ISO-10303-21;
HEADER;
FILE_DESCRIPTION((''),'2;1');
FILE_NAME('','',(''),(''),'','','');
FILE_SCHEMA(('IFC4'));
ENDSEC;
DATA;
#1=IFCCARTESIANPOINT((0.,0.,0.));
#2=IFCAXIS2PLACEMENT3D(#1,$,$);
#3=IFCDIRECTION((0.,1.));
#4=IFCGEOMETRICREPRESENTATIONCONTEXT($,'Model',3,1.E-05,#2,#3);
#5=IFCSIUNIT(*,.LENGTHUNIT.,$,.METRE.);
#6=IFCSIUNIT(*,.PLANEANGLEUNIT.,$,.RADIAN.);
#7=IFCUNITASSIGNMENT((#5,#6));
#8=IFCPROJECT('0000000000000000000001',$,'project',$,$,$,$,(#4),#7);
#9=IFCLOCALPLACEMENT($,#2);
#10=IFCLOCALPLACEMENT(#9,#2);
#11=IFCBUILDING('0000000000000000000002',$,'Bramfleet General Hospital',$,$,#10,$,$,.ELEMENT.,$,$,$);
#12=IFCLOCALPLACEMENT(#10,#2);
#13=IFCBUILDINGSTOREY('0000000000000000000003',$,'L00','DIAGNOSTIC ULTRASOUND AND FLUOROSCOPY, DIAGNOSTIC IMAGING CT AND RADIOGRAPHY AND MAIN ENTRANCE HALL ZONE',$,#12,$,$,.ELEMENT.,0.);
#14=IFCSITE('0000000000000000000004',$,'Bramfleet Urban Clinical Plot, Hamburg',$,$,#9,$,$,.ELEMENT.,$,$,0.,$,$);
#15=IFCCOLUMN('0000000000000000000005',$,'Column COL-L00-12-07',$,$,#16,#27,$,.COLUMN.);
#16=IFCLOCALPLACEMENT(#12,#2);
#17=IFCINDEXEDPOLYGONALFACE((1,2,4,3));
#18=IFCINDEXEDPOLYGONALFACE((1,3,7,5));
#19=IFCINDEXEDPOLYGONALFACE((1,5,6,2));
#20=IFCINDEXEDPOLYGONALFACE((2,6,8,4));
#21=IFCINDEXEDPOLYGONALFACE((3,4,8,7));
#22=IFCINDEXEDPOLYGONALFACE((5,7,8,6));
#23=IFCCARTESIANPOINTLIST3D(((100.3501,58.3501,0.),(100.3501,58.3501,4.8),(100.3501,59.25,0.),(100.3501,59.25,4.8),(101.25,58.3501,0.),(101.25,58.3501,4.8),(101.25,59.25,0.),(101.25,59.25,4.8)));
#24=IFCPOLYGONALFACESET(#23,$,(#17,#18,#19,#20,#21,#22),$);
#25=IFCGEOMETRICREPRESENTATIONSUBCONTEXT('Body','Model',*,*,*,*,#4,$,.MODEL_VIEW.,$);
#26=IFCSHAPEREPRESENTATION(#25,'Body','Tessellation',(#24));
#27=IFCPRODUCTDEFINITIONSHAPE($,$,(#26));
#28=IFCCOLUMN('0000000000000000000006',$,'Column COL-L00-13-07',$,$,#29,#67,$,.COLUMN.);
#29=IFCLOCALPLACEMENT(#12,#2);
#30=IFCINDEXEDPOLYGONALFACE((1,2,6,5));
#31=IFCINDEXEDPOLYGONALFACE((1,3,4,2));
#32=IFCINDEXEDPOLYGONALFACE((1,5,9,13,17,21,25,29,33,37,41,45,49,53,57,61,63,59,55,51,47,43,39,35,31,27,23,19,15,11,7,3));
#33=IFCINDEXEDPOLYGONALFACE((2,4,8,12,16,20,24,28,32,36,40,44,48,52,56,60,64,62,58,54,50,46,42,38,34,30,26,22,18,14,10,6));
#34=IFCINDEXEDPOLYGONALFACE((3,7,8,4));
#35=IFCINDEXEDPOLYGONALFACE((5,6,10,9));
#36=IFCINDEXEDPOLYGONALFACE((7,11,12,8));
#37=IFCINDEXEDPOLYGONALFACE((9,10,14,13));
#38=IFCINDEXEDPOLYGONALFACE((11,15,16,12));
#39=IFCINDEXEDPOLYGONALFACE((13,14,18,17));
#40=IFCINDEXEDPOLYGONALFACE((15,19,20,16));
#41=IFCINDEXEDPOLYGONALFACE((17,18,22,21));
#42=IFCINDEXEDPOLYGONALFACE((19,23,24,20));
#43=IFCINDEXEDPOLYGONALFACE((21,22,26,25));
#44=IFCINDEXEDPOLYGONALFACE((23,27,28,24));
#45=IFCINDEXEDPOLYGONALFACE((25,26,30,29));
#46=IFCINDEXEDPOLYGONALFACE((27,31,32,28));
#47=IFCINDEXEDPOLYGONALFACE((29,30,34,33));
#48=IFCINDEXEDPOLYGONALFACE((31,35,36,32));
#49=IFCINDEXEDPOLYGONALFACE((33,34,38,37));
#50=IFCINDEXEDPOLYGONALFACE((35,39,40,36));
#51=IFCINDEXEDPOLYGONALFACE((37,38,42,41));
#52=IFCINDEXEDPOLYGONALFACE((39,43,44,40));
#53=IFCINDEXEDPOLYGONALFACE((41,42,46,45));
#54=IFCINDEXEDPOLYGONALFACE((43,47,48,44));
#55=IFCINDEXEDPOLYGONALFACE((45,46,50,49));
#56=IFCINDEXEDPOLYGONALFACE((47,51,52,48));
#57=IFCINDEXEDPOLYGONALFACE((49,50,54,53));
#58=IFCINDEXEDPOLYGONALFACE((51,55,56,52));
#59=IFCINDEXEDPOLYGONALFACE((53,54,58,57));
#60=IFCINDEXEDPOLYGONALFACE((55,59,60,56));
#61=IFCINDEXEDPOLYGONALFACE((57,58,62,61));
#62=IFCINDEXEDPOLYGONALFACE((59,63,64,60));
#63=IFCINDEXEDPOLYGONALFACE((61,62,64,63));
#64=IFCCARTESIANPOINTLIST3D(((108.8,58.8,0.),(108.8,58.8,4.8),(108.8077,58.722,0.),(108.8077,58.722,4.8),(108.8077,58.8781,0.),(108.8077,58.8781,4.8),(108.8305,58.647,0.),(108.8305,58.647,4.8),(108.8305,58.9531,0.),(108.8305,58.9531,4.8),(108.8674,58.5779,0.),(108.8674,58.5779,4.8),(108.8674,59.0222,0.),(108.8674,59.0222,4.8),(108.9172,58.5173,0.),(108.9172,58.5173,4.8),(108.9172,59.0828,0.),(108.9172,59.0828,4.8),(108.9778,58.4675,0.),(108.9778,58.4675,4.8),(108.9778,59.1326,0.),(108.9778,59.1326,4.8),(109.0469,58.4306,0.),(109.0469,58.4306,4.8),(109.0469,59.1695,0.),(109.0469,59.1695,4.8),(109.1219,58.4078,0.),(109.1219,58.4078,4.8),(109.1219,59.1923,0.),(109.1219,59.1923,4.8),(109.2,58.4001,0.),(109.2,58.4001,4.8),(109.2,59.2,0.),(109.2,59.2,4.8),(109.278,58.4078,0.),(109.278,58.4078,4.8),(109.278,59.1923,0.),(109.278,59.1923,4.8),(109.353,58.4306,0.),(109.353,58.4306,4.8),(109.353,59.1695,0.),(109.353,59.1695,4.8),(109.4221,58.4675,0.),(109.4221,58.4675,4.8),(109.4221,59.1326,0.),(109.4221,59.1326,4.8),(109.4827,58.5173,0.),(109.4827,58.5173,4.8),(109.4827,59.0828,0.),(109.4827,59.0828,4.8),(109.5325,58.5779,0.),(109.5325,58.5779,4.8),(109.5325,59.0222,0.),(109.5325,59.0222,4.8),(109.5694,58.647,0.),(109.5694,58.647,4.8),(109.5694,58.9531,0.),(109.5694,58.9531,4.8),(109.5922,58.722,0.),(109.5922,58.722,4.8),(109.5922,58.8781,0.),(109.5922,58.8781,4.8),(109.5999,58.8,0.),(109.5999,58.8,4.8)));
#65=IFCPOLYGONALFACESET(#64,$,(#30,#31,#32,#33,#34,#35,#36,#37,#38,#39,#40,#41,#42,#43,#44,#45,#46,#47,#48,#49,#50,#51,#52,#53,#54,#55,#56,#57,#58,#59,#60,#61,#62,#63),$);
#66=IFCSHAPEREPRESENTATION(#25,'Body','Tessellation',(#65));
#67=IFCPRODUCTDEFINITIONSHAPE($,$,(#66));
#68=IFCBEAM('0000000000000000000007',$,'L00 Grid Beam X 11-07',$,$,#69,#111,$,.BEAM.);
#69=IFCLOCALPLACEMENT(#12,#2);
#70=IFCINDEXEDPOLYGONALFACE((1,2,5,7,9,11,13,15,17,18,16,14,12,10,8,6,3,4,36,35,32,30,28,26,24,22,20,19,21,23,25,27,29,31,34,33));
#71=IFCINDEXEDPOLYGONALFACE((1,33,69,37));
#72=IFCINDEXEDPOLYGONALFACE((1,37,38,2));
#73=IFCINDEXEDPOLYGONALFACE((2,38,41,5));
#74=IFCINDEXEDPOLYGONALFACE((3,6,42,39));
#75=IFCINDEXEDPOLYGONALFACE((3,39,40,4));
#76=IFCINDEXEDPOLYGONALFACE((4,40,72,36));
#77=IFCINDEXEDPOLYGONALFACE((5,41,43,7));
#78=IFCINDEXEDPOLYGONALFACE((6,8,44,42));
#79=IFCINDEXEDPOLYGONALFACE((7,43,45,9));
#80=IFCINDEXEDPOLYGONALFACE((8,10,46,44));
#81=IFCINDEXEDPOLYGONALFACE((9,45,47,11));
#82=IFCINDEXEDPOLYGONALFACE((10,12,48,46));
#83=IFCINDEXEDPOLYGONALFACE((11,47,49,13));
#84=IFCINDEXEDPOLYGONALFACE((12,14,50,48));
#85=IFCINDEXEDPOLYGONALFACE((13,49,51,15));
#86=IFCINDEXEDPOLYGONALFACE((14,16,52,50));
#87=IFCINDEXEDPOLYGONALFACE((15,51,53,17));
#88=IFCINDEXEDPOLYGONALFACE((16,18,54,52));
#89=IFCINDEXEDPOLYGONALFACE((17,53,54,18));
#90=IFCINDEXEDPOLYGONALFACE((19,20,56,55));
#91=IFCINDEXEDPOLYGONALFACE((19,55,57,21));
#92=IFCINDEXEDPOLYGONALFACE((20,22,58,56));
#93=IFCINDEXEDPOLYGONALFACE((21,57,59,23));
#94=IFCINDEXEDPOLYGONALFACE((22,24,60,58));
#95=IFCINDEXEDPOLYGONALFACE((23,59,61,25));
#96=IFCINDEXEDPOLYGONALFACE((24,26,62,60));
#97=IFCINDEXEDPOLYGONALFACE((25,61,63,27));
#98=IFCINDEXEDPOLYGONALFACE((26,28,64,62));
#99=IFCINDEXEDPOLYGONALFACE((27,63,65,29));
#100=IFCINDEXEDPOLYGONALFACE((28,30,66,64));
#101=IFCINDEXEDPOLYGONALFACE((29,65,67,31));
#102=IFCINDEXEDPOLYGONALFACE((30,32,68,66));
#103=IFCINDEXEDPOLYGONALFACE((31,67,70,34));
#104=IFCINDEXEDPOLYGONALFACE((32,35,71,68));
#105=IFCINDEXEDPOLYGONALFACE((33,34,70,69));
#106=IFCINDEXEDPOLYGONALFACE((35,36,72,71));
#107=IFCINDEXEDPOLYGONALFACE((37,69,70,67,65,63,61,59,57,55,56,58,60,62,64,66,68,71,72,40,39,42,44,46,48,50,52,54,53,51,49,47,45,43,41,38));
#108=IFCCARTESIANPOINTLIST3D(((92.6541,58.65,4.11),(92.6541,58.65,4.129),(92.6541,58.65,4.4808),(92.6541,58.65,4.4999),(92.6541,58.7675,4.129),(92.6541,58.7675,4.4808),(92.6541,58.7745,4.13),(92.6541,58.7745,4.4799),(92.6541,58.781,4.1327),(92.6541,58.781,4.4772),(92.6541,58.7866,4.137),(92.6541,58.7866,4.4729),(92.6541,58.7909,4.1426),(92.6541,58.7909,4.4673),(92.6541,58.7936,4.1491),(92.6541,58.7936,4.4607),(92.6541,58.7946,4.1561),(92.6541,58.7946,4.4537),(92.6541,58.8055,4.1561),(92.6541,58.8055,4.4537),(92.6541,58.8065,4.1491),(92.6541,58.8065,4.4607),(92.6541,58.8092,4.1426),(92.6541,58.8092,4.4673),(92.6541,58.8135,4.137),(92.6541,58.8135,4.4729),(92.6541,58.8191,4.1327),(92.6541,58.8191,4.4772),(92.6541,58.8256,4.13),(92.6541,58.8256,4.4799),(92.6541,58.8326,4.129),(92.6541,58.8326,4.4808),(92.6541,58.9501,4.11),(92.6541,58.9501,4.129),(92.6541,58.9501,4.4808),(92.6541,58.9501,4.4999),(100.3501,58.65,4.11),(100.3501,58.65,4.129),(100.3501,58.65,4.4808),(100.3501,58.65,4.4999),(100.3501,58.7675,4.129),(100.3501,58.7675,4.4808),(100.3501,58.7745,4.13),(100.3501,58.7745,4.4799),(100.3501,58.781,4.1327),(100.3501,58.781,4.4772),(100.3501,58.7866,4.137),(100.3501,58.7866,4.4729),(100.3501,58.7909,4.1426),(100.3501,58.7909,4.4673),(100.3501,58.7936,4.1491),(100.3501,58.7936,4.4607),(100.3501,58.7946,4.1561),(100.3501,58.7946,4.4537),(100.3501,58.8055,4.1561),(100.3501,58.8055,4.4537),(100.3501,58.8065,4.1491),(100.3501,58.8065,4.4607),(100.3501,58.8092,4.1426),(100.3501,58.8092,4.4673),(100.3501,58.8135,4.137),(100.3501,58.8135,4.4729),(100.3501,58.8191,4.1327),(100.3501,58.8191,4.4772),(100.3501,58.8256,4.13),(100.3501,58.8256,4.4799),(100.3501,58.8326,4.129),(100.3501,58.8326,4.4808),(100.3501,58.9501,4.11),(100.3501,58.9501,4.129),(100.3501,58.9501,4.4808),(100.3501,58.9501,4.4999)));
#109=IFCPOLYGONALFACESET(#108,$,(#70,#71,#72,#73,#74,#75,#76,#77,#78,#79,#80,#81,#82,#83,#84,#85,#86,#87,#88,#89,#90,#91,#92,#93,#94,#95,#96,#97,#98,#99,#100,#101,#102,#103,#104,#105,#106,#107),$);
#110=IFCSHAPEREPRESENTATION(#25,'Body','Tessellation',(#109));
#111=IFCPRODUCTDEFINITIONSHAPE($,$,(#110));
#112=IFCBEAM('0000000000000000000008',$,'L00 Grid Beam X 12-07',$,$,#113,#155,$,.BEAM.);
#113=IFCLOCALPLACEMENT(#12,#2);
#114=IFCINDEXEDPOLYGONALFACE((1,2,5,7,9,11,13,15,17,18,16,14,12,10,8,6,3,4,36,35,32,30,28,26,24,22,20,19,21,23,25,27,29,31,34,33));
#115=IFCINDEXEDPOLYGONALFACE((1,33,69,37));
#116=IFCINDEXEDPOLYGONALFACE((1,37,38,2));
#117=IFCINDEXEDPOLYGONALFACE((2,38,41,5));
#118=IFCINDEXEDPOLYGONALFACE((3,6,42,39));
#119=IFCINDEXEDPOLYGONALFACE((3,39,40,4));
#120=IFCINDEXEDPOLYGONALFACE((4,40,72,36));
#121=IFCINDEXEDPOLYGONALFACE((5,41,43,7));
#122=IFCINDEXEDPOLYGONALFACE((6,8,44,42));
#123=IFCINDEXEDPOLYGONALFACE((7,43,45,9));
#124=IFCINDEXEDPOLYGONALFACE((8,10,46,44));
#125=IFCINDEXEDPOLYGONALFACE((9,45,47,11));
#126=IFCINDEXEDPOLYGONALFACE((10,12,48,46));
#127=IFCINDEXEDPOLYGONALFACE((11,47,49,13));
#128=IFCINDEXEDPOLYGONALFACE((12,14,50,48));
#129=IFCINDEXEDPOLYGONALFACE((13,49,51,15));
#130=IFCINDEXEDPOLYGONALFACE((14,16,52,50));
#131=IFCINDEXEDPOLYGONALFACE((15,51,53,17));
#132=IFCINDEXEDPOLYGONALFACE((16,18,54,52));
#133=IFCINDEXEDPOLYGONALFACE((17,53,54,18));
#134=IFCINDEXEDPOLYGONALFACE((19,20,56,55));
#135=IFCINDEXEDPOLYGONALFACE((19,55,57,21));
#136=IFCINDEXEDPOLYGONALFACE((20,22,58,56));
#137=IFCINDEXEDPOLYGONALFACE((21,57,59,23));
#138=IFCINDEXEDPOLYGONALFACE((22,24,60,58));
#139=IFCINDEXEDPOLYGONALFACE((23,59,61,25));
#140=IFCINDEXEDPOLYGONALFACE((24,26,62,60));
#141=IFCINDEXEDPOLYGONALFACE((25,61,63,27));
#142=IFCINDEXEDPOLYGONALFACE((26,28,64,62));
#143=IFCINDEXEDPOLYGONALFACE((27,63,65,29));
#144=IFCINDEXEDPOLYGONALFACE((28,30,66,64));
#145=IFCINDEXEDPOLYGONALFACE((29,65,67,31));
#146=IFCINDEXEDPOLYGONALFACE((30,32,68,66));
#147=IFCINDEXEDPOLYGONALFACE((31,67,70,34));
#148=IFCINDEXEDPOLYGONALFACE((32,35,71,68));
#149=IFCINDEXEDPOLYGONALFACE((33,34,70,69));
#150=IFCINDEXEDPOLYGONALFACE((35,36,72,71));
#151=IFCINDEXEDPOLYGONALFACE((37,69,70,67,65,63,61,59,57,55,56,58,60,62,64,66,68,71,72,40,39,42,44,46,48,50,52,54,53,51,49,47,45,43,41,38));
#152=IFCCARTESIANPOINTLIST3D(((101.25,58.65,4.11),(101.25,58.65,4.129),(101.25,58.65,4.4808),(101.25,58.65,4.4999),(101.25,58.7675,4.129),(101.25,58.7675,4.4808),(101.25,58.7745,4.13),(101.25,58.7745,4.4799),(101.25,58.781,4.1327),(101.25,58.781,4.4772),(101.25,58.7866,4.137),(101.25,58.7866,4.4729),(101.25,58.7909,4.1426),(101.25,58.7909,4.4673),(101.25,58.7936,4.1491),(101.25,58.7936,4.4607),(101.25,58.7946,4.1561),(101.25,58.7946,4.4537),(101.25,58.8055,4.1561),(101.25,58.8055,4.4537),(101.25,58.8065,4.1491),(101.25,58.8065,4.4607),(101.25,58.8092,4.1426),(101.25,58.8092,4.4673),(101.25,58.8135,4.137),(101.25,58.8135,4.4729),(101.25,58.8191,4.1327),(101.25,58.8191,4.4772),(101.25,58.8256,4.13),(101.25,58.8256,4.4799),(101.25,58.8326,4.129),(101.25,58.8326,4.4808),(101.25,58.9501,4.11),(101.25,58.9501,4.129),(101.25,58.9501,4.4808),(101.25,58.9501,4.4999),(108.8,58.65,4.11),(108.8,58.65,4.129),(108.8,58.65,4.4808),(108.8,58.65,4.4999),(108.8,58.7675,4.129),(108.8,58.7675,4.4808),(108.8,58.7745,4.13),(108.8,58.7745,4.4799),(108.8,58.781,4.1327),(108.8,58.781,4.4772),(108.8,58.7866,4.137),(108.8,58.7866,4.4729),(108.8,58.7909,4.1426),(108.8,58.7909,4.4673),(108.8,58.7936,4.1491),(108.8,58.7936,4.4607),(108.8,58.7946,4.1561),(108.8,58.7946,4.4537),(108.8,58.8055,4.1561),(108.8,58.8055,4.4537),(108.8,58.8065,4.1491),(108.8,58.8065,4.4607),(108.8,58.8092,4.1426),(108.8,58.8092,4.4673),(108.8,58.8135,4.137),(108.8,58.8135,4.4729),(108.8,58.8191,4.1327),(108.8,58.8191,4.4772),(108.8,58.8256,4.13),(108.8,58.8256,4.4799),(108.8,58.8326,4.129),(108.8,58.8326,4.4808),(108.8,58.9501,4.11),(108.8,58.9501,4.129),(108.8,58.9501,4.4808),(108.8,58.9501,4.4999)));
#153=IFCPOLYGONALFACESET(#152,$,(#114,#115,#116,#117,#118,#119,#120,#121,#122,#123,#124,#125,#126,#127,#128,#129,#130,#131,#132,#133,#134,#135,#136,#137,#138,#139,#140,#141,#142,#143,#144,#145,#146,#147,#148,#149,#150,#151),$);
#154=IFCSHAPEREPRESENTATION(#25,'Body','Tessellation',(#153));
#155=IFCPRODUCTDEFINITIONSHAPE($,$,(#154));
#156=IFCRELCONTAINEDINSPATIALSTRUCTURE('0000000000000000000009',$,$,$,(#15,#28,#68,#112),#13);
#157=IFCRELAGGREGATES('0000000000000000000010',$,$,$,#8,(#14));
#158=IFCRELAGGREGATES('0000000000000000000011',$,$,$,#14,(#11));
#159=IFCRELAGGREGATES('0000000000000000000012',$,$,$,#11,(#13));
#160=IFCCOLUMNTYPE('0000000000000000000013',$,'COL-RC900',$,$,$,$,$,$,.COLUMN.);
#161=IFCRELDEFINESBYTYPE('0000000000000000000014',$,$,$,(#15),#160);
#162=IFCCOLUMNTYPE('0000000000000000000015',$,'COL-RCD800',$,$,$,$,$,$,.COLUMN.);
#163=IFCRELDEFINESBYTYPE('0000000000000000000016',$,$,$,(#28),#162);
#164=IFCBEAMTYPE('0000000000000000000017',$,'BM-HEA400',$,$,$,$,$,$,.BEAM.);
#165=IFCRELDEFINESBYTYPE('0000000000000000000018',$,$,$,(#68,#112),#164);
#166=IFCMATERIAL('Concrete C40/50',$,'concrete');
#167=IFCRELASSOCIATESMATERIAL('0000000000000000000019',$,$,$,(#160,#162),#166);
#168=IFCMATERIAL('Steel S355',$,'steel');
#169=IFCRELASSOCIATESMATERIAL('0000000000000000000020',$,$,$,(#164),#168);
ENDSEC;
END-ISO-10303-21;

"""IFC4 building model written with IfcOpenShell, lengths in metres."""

from ifc_helpers import new_model, si_unit, direction, frame, origin, origin_2d, place, context, subcontext, project, spatial, rectangle, circle, i_section, extrude, material, material_profile, profile_set, type_object, element, save


model = new_model("IFC4")

# Units and contexts
model_context = context("Model", 3, precision=1e-05, world=origin(), true_north=direction((0.0, 1.0)))
body_context = subcontext(model_context, "Body", "Model", "MODEL_VIEW")
ifc_project = project(units=[si_unit("LENGTHUNIT", "METRE"), si_unit("PLANEANGLEUNIT", "RADIAN")], contexts=[model_context])

# Site, building, storey
site_placement = place(None, origin())
site = spatial("IfcSite", under=ifc_project, at=site_placement, Name="Bramfleet Urban Clinical Plot, Hamburg", CompositionType="ELEMENT", RefElevation=0.0)
building_placement = place(site_placement, origin())
building = spatial("IfcBuilding", under=site, at=building_placement, Name="Bramfleet General Hospital", CompositionType="ELEMENT")
storey_placement = place(building_placement, origin())
storey = spatial("IfcBuildingStorey", under=building, at=storey_placement, Name="L00", Description="DIAGNOSTIC ULTRASOUND AND FLUOROSCOPY, DIAGNOSTIC IMAGING CT AND RADIOGRAPHY AND MAIN ENTRANCE HALL ZONE", CompositionType="ELEMENT", Elevation=0.0)

# Columns
ifc_material_1 = material(Name="Concrete C40/50", Category="concrete")
ifc_material_profile_1 = material_profile(ifc_material_1, rectangle(XDim=0.8999, YDim=0.8999, at=origin_2d()), Name="RC COL 900x900")
ifc_profile_set_1 = profile_set([ifc_material_profile_1], Name="Concrete C40/50")
column_type_1 = type_object("IfcColumnType", Name="COL-RC900", PredefinedType="COLUMN", material=ifc_profile_set_1)
column_1_placement = place(storey_placement, frame((100.8, 58.8, 0.0), z_axis=(0.0, 0.0, 1.0), x_axis=(1.0, 0.0, 0.0)))
element("IfcColumn", 1, at=column_1_placement, inside=storey, type_object=column_type_1, Name="Column COL-L00-12-07", PredefinedType="COLUMN", context=body_context, shape_type="SweptSolid", body=[
    extrude(rectangle(XDim=0.8999, YDim=0.8999, at=origin_2d()), origin(), (0.0, 0.0, 1.0), 4.8),
])
ifc_material_profile_2 = material_profile(ifc_material_1, circle(Radius=0.3999, at=origin_2d()), Name="RC ROUND D800")
ifc_profile_set_2 = profile_set([ifc_material_profile_2], Name="Concrete C40/50")
column_type_2 = type_object("IfcColumnType", Name="COL-RCD800", PredefinedType="COLUMN", material=ifc_profile_set_2)
column_2_placement = place(storey_placement, frame((109.2, 58.8, 0.0), z_axis=(0.0, 0.0, 1.0), x_axis=(1.0, 0.0, 0.0)))
element("IfcColumn", 2, at=column_2_placement, inside=storey, type_object=column_type_2, Name="Column COL-L00-13-07", PredefinedType="COLUMN", context=body_context, shape_type="SweptSolid", body=[
    extrude(circle(Radius=0.3999, at=origin_2d()), origin(), (0.0, 0.0, 1.0), 4.8),
])

# Beams
ifc_material_2 = material(Name="Steel S355", Category="steel")
ifc_material_profile_3 = material_profile(ifc_material_2, i_section(OverallWidth=0.3, OverallDepth=0.3899, WebThickness=0.011, FlangeThickness=0.019, FilletRadius=0.0271, at=origin_2d()), Name="HEA 400")
ifc_profile_set_3 = profile_set([ifc_material_profile_3], Name="Steel S355")
beam_type_1 = type_object("IfcBeamType", Name="BM-HEA400", PredefinedType="BEAM", material=ifc_profile_set_3)
beam_1_placement = place(storey_placement, frame((92.6541, 58.8, 4.3049), z_axis=(1.0, 0.0, 0.0), x_axis=(0.0, 1.0, 0.0)))
element("IfcBeam", 3, at=beam_1_placement, inside=storey, type_object=beam_type_1, Name="L00 Grid Beam X 11-07", PredefinedType="BEAM", context=body_context, shape_type="SweptSolid", body=[
    extrude(i_section(OverallWidth=0.3, OverallDepth=0.3899, WebThickness=0.011, FlangeThickness=0.019, FilletRadius=0.0271, at=origin_2d()), origin(), (0.0, 0.0, 1.0), 7.696),
])
beam_2_placement = place(storey_placement, frame((101.25, 58.8, 4.3049), z_axis=(1.0, 0.0, 0.0), x_axis=(0.0, 1.0, 0.0)))
element("IfcBeam", 4, at=beam_2_placement, inside=storey, type_object=beam_type_1, Name="L00 Grid Beam X 12-07", PredefinedType="BEAM", context=body_context, shape_type="SweptSolid", body=[
    extrude(i_section(OverallWidth=0.3, OverallDepth=0.3899, WebThickness=0.011, FlangeThickness=0.019, FilletRadius=0.0271, at=origin_2d()), origin(), (0.0, 0.0, 1.0), 7.55),
])

save(model, "model.ifc")
